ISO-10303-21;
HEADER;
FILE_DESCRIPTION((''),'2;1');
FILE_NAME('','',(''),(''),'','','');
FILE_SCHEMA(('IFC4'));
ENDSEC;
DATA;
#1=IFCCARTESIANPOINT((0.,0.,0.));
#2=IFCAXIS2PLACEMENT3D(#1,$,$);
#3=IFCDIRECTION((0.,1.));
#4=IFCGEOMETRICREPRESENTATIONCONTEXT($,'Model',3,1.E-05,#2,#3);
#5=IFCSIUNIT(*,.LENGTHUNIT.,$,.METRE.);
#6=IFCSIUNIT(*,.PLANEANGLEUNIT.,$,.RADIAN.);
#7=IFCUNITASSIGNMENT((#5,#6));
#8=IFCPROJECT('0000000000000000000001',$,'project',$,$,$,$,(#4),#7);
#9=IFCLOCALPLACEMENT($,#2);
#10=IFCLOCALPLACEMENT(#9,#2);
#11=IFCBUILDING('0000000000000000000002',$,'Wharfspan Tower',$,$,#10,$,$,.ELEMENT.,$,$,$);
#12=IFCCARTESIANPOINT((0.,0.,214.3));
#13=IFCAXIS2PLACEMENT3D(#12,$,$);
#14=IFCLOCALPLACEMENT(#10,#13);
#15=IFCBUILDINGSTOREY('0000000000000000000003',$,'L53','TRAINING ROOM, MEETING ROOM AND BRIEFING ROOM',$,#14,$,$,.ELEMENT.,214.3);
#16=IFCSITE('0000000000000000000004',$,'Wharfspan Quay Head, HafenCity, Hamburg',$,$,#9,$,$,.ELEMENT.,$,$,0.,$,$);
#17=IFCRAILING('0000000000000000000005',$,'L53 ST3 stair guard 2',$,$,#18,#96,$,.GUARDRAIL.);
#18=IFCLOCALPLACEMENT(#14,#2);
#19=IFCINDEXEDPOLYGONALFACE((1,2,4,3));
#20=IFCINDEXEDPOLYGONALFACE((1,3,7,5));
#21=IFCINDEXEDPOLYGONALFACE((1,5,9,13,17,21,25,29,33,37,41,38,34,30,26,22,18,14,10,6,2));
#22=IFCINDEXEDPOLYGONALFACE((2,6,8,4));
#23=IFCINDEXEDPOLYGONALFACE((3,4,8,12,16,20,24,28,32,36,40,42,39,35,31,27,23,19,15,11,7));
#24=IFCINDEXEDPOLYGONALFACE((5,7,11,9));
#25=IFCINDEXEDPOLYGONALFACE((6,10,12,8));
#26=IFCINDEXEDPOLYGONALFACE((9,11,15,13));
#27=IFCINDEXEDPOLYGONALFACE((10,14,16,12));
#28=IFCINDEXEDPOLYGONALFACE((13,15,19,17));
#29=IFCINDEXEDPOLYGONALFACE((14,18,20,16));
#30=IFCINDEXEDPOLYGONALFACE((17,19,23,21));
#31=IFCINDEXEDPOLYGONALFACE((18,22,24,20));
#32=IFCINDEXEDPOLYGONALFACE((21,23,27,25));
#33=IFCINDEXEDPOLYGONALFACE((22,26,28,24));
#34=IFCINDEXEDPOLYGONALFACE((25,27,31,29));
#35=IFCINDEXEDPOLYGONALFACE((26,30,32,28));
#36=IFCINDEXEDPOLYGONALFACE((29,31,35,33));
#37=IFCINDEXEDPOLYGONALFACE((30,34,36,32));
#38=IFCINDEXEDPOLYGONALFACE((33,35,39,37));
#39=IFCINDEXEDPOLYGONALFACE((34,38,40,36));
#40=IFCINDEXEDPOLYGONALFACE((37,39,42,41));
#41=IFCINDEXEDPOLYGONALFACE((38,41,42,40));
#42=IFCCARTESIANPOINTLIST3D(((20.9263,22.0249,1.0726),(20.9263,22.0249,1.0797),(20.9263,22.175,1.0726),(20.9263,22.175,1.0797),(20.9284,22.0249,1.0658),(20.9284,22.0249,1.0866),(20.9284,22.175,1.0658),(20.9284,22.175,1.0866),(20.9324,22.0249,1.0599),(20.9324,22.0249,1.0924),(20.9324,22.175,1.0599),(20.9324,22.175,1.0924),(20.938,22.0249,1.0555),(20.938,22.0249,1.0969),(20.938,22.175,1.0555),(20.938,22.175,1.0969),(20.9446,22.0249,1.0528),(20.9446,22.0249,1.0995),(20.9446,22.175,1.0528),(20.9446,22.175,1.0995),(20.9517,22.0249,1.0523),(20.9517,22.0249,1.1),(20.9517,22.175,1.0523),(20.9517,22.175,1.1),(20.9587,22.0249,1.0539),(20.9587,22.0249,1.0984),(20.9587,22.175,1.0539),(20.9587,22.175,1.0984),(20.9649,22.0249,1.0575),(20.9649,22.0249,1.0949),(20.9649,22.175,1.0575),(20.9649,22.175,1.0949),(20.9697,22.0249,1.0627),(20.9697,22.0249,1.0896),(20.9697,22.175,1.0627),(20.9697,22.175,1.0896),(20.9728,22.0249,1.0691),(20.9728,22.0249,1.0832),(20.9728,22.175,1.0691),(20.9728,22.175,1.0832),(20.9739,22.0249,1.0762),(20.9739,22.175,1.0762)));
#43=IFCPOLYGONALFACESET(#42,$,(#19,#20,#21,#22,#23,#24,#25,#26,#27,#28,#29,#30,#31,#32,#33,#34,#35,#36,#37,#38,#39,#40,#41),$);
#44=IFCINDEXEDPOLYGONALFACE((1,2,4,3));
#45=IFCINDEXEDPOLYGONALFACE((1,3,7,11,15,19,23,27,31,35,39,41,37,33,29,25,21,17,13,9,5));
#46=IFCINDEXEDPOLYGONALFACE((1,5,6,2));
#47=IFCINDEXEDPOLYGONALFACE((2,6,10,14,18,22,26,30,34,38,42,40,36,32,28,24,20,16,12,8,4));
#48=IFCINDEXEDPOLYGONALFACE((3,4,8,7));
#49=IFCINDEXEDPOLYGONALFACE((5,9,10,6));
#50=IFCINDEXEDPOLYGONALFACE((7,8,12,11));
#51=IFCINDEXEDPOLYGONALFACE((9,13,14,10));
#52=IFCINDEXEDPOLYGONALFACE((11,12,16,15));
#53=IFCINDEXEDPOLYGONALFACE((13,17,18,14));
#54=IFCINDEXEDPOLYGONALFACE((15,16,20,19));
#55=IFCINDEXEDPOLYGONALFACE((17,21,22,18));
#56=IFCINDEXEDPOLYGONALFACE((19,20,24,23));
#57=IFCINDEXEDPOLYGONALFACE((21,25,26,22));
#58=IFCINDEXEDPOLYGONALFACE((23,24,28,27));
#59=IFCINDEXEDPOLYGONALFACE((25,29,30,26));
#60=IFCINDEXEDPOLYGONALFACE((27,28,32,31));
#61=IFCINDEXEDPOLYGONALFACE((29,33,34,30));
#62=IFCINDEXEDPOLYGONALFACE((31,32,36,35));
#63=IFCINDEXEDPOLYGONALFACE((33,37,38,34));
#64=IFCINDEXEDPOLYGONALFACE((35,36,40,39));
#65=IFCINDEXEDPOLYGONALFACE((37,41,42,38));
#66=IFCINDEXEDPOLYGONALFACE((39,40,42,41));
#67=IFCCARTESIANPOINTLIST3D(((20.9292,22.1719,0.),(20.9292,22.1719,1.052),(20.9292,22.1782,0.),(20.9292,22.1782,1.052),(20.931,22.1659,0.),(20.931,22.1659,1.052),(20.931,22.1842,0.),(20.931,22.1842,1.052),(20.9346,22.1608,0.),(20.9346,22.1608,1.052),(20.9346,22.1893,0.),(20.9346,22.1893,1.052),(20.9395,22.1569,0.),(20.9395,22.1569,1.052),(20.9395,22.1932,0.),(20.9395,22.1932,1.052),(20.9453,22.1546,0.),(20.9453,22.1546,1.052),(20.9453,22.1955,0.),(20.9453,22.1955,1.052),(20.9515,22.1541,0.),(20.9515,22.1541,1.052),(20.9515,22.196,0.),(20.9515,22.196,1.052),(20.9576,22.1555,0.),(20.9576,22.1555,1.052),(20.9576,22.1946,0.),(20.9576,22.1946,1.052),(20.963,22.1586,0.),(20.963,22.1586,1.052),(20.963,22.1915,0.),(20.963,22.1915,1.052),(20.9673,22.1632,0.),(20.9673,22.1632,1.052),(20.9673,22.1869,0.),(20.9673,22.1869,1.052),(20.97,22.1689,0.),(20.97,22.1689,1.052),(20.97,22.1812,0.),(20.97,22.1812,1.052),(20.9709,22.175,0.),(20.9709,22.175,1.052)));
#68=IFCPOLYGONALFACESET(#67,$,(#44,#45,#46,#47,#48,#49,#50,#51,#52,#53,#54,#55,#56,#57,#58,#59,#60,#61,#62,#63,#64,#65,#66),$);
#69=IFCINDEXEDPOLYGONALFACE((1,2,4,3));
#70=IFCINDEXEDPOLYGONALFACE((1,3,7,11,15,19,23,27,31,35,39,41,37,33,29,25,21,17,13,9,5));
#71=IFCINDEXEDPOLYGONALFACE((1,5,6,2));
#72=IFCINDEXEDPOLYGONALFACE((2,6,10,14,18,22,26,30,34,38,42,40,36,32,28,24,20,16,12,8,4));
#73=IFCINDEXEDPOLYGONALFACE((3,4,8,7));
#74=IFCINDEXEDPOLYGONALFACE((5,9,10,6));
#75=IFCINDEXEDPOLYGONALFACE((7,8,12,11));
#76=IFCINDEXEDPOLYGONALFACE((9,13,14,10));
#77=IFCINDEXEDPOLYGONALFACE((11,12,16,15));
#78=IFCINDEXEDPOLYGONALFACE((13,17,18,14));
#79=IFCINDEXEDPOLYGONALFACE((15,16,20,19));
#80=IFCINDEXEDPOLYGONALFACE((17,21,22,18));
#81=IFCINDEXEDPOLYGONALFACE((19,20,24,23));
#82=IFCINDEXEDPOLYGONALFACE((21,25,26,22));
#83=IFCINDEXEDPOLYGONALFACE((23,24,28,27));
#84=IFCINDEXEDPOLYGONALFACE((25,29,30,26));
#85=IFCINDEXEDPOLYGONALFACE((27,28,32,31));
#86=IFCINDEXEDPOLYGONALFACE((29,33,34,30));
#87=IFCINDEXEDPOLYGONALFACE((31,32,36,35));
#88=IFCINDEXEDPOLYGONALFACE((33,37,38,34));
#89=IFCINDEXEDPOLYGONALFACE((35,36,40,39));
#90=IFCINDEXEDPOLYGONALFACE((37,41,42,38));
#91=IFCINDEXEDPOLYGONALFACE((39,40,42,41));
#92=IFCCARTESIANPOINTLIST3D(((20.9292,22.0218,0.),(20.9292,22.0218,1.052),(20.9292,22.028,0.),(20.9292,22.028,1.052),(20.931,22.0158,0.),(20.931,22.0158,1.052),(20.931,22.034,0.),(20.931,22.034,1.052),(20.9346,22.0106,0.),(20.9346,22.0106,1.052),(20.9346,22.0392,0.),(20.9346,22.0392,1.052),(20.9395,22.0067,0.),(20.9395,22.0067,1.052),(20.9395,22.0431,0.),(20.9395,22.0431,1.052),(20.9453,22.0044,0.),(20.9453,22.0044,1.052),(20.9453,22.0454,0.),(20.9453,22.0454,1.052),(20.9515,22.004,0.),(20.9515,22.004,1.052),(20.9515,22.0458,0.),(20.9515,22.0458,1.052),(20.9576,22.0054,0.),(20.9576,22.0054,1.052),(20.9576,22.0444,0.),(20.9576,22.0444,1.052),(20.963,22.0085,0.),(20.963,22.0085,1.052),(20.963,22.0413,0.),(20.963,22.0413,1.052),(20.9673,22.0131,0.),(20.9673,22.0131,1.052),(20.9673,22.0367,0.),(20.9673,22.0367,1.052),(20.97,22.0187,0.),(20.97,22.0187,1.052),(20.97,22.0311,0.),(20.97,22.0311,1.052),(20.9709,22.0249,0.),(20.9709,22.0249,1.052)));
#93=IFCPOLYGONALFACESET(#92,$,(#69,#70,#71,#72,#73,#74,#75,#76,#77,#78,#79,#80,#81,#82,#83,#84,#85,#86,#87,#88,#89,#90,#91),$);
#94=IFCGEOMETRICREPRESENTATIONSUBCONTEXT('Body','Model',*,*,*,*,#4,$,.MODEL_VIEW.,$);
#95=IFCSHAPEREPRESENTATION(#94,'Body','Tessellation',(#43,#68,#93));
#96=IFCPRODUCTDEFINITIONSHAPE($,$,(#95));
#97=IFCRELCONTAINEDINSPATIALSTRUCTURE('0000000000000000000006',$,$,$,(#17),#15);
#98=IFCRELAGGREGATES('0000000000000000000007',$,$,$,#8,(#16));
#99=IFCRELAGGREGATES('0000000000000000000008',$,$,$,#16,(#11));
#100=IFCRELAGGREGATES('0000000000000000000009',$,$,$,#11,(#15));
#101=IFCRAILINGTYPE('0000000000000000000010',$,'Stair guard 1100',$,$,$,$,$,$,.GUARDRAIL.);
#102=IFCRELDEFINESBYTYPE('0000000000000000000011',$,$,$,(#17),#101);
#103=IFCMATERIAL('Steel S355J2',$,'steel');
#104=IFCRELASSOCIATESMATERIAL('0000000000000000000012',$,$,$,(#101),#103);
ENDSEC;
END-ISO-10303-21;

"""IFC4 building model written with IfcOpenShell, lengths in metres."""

from ifc_helpers import new_model, si_unit, direction, frame, origin, origin_2d, place, context, subcontext, project, spatial, circle, extrude, material, type_object, element, save


model = new_model("IFC4")

# Units and contexts
model_context = context("Model", 3, precision=1e-05, world=origin(), true_north=direction((0.0, 1.0)))
body_context = subcontext(model_context, "Body", "Model", "MODEL_VIEW")
ifc_project = project(units=[si_unit("LENGTHUNIT", "METRE"), si_unit("PLANEANGLEUNIT", "RADIAN")], contexts=[model_context])

# Site, building, storey
site_placement = place(None, origin())
site = spatial("IfcSite", under=ifc_project, at=site_placement, Name="Wharfspan Quay Head, HafenCity, Hamburg", CompositionType="ELEMENT", RefElevation=0.0)
building_placement = place(site_placement, origin())
building = spatial("IfcBuilding", under=site, at=building_placement, Name="Wharfspan Tower", CompositionType="ELEMENT")
storey_placement = place(building_placement, frame((0.0, 0.0, 214.3)))
storey = spatial("IfcBuildingStorey", under=building, at=storey_placement, Name="L53", Description="TRAINING ROOM, MEETING ROOM AND BRIEFING ROOM", CompositionType="ELEMENT", Elevation=214.3)

# Shared definitions
ifc_material_1 = material(Name="Steel S355J2", Category="steel")

# Railing
railing_type_1 = type_object("IfcRailingType", Name="Stair guard 1100", PredefinedType="GUARDRAIL", material=ifc_material_1)
railing_1_placement = place(storey_placement, frame((20.95, 22.175, 0.0)))
element("IfcRailing", 1, at=railing_1_placement, inside=storey, type_object=railing_type_1, Name="L53 ST3 stair guard 2", PredefinedType="GUARDRAIL", context=body_context, shape_type="SweptSolid", body=[
    extrude(circle(Radius=0.0239, at=origin_2d()), frame((0.0, 0.0, 1.0762), z_axis=(0.0, -1.0, 0.0), x_axis=(1.0, 0.0, 0.0)), (0.0, 0.0, 1.0), 0.1501),
    extrude(circle(Radius=0.021, at=origin_2d()), origin(), (0.0, 0.0, 1.0), 1.052),
    extrude(circle(Radius=0.021, at=origin_2d()), frame((0.0, -0.1501, 0.0)), (0.0, 0.0, 1.0), 1.052),
])

save(model, "model.ifc")
